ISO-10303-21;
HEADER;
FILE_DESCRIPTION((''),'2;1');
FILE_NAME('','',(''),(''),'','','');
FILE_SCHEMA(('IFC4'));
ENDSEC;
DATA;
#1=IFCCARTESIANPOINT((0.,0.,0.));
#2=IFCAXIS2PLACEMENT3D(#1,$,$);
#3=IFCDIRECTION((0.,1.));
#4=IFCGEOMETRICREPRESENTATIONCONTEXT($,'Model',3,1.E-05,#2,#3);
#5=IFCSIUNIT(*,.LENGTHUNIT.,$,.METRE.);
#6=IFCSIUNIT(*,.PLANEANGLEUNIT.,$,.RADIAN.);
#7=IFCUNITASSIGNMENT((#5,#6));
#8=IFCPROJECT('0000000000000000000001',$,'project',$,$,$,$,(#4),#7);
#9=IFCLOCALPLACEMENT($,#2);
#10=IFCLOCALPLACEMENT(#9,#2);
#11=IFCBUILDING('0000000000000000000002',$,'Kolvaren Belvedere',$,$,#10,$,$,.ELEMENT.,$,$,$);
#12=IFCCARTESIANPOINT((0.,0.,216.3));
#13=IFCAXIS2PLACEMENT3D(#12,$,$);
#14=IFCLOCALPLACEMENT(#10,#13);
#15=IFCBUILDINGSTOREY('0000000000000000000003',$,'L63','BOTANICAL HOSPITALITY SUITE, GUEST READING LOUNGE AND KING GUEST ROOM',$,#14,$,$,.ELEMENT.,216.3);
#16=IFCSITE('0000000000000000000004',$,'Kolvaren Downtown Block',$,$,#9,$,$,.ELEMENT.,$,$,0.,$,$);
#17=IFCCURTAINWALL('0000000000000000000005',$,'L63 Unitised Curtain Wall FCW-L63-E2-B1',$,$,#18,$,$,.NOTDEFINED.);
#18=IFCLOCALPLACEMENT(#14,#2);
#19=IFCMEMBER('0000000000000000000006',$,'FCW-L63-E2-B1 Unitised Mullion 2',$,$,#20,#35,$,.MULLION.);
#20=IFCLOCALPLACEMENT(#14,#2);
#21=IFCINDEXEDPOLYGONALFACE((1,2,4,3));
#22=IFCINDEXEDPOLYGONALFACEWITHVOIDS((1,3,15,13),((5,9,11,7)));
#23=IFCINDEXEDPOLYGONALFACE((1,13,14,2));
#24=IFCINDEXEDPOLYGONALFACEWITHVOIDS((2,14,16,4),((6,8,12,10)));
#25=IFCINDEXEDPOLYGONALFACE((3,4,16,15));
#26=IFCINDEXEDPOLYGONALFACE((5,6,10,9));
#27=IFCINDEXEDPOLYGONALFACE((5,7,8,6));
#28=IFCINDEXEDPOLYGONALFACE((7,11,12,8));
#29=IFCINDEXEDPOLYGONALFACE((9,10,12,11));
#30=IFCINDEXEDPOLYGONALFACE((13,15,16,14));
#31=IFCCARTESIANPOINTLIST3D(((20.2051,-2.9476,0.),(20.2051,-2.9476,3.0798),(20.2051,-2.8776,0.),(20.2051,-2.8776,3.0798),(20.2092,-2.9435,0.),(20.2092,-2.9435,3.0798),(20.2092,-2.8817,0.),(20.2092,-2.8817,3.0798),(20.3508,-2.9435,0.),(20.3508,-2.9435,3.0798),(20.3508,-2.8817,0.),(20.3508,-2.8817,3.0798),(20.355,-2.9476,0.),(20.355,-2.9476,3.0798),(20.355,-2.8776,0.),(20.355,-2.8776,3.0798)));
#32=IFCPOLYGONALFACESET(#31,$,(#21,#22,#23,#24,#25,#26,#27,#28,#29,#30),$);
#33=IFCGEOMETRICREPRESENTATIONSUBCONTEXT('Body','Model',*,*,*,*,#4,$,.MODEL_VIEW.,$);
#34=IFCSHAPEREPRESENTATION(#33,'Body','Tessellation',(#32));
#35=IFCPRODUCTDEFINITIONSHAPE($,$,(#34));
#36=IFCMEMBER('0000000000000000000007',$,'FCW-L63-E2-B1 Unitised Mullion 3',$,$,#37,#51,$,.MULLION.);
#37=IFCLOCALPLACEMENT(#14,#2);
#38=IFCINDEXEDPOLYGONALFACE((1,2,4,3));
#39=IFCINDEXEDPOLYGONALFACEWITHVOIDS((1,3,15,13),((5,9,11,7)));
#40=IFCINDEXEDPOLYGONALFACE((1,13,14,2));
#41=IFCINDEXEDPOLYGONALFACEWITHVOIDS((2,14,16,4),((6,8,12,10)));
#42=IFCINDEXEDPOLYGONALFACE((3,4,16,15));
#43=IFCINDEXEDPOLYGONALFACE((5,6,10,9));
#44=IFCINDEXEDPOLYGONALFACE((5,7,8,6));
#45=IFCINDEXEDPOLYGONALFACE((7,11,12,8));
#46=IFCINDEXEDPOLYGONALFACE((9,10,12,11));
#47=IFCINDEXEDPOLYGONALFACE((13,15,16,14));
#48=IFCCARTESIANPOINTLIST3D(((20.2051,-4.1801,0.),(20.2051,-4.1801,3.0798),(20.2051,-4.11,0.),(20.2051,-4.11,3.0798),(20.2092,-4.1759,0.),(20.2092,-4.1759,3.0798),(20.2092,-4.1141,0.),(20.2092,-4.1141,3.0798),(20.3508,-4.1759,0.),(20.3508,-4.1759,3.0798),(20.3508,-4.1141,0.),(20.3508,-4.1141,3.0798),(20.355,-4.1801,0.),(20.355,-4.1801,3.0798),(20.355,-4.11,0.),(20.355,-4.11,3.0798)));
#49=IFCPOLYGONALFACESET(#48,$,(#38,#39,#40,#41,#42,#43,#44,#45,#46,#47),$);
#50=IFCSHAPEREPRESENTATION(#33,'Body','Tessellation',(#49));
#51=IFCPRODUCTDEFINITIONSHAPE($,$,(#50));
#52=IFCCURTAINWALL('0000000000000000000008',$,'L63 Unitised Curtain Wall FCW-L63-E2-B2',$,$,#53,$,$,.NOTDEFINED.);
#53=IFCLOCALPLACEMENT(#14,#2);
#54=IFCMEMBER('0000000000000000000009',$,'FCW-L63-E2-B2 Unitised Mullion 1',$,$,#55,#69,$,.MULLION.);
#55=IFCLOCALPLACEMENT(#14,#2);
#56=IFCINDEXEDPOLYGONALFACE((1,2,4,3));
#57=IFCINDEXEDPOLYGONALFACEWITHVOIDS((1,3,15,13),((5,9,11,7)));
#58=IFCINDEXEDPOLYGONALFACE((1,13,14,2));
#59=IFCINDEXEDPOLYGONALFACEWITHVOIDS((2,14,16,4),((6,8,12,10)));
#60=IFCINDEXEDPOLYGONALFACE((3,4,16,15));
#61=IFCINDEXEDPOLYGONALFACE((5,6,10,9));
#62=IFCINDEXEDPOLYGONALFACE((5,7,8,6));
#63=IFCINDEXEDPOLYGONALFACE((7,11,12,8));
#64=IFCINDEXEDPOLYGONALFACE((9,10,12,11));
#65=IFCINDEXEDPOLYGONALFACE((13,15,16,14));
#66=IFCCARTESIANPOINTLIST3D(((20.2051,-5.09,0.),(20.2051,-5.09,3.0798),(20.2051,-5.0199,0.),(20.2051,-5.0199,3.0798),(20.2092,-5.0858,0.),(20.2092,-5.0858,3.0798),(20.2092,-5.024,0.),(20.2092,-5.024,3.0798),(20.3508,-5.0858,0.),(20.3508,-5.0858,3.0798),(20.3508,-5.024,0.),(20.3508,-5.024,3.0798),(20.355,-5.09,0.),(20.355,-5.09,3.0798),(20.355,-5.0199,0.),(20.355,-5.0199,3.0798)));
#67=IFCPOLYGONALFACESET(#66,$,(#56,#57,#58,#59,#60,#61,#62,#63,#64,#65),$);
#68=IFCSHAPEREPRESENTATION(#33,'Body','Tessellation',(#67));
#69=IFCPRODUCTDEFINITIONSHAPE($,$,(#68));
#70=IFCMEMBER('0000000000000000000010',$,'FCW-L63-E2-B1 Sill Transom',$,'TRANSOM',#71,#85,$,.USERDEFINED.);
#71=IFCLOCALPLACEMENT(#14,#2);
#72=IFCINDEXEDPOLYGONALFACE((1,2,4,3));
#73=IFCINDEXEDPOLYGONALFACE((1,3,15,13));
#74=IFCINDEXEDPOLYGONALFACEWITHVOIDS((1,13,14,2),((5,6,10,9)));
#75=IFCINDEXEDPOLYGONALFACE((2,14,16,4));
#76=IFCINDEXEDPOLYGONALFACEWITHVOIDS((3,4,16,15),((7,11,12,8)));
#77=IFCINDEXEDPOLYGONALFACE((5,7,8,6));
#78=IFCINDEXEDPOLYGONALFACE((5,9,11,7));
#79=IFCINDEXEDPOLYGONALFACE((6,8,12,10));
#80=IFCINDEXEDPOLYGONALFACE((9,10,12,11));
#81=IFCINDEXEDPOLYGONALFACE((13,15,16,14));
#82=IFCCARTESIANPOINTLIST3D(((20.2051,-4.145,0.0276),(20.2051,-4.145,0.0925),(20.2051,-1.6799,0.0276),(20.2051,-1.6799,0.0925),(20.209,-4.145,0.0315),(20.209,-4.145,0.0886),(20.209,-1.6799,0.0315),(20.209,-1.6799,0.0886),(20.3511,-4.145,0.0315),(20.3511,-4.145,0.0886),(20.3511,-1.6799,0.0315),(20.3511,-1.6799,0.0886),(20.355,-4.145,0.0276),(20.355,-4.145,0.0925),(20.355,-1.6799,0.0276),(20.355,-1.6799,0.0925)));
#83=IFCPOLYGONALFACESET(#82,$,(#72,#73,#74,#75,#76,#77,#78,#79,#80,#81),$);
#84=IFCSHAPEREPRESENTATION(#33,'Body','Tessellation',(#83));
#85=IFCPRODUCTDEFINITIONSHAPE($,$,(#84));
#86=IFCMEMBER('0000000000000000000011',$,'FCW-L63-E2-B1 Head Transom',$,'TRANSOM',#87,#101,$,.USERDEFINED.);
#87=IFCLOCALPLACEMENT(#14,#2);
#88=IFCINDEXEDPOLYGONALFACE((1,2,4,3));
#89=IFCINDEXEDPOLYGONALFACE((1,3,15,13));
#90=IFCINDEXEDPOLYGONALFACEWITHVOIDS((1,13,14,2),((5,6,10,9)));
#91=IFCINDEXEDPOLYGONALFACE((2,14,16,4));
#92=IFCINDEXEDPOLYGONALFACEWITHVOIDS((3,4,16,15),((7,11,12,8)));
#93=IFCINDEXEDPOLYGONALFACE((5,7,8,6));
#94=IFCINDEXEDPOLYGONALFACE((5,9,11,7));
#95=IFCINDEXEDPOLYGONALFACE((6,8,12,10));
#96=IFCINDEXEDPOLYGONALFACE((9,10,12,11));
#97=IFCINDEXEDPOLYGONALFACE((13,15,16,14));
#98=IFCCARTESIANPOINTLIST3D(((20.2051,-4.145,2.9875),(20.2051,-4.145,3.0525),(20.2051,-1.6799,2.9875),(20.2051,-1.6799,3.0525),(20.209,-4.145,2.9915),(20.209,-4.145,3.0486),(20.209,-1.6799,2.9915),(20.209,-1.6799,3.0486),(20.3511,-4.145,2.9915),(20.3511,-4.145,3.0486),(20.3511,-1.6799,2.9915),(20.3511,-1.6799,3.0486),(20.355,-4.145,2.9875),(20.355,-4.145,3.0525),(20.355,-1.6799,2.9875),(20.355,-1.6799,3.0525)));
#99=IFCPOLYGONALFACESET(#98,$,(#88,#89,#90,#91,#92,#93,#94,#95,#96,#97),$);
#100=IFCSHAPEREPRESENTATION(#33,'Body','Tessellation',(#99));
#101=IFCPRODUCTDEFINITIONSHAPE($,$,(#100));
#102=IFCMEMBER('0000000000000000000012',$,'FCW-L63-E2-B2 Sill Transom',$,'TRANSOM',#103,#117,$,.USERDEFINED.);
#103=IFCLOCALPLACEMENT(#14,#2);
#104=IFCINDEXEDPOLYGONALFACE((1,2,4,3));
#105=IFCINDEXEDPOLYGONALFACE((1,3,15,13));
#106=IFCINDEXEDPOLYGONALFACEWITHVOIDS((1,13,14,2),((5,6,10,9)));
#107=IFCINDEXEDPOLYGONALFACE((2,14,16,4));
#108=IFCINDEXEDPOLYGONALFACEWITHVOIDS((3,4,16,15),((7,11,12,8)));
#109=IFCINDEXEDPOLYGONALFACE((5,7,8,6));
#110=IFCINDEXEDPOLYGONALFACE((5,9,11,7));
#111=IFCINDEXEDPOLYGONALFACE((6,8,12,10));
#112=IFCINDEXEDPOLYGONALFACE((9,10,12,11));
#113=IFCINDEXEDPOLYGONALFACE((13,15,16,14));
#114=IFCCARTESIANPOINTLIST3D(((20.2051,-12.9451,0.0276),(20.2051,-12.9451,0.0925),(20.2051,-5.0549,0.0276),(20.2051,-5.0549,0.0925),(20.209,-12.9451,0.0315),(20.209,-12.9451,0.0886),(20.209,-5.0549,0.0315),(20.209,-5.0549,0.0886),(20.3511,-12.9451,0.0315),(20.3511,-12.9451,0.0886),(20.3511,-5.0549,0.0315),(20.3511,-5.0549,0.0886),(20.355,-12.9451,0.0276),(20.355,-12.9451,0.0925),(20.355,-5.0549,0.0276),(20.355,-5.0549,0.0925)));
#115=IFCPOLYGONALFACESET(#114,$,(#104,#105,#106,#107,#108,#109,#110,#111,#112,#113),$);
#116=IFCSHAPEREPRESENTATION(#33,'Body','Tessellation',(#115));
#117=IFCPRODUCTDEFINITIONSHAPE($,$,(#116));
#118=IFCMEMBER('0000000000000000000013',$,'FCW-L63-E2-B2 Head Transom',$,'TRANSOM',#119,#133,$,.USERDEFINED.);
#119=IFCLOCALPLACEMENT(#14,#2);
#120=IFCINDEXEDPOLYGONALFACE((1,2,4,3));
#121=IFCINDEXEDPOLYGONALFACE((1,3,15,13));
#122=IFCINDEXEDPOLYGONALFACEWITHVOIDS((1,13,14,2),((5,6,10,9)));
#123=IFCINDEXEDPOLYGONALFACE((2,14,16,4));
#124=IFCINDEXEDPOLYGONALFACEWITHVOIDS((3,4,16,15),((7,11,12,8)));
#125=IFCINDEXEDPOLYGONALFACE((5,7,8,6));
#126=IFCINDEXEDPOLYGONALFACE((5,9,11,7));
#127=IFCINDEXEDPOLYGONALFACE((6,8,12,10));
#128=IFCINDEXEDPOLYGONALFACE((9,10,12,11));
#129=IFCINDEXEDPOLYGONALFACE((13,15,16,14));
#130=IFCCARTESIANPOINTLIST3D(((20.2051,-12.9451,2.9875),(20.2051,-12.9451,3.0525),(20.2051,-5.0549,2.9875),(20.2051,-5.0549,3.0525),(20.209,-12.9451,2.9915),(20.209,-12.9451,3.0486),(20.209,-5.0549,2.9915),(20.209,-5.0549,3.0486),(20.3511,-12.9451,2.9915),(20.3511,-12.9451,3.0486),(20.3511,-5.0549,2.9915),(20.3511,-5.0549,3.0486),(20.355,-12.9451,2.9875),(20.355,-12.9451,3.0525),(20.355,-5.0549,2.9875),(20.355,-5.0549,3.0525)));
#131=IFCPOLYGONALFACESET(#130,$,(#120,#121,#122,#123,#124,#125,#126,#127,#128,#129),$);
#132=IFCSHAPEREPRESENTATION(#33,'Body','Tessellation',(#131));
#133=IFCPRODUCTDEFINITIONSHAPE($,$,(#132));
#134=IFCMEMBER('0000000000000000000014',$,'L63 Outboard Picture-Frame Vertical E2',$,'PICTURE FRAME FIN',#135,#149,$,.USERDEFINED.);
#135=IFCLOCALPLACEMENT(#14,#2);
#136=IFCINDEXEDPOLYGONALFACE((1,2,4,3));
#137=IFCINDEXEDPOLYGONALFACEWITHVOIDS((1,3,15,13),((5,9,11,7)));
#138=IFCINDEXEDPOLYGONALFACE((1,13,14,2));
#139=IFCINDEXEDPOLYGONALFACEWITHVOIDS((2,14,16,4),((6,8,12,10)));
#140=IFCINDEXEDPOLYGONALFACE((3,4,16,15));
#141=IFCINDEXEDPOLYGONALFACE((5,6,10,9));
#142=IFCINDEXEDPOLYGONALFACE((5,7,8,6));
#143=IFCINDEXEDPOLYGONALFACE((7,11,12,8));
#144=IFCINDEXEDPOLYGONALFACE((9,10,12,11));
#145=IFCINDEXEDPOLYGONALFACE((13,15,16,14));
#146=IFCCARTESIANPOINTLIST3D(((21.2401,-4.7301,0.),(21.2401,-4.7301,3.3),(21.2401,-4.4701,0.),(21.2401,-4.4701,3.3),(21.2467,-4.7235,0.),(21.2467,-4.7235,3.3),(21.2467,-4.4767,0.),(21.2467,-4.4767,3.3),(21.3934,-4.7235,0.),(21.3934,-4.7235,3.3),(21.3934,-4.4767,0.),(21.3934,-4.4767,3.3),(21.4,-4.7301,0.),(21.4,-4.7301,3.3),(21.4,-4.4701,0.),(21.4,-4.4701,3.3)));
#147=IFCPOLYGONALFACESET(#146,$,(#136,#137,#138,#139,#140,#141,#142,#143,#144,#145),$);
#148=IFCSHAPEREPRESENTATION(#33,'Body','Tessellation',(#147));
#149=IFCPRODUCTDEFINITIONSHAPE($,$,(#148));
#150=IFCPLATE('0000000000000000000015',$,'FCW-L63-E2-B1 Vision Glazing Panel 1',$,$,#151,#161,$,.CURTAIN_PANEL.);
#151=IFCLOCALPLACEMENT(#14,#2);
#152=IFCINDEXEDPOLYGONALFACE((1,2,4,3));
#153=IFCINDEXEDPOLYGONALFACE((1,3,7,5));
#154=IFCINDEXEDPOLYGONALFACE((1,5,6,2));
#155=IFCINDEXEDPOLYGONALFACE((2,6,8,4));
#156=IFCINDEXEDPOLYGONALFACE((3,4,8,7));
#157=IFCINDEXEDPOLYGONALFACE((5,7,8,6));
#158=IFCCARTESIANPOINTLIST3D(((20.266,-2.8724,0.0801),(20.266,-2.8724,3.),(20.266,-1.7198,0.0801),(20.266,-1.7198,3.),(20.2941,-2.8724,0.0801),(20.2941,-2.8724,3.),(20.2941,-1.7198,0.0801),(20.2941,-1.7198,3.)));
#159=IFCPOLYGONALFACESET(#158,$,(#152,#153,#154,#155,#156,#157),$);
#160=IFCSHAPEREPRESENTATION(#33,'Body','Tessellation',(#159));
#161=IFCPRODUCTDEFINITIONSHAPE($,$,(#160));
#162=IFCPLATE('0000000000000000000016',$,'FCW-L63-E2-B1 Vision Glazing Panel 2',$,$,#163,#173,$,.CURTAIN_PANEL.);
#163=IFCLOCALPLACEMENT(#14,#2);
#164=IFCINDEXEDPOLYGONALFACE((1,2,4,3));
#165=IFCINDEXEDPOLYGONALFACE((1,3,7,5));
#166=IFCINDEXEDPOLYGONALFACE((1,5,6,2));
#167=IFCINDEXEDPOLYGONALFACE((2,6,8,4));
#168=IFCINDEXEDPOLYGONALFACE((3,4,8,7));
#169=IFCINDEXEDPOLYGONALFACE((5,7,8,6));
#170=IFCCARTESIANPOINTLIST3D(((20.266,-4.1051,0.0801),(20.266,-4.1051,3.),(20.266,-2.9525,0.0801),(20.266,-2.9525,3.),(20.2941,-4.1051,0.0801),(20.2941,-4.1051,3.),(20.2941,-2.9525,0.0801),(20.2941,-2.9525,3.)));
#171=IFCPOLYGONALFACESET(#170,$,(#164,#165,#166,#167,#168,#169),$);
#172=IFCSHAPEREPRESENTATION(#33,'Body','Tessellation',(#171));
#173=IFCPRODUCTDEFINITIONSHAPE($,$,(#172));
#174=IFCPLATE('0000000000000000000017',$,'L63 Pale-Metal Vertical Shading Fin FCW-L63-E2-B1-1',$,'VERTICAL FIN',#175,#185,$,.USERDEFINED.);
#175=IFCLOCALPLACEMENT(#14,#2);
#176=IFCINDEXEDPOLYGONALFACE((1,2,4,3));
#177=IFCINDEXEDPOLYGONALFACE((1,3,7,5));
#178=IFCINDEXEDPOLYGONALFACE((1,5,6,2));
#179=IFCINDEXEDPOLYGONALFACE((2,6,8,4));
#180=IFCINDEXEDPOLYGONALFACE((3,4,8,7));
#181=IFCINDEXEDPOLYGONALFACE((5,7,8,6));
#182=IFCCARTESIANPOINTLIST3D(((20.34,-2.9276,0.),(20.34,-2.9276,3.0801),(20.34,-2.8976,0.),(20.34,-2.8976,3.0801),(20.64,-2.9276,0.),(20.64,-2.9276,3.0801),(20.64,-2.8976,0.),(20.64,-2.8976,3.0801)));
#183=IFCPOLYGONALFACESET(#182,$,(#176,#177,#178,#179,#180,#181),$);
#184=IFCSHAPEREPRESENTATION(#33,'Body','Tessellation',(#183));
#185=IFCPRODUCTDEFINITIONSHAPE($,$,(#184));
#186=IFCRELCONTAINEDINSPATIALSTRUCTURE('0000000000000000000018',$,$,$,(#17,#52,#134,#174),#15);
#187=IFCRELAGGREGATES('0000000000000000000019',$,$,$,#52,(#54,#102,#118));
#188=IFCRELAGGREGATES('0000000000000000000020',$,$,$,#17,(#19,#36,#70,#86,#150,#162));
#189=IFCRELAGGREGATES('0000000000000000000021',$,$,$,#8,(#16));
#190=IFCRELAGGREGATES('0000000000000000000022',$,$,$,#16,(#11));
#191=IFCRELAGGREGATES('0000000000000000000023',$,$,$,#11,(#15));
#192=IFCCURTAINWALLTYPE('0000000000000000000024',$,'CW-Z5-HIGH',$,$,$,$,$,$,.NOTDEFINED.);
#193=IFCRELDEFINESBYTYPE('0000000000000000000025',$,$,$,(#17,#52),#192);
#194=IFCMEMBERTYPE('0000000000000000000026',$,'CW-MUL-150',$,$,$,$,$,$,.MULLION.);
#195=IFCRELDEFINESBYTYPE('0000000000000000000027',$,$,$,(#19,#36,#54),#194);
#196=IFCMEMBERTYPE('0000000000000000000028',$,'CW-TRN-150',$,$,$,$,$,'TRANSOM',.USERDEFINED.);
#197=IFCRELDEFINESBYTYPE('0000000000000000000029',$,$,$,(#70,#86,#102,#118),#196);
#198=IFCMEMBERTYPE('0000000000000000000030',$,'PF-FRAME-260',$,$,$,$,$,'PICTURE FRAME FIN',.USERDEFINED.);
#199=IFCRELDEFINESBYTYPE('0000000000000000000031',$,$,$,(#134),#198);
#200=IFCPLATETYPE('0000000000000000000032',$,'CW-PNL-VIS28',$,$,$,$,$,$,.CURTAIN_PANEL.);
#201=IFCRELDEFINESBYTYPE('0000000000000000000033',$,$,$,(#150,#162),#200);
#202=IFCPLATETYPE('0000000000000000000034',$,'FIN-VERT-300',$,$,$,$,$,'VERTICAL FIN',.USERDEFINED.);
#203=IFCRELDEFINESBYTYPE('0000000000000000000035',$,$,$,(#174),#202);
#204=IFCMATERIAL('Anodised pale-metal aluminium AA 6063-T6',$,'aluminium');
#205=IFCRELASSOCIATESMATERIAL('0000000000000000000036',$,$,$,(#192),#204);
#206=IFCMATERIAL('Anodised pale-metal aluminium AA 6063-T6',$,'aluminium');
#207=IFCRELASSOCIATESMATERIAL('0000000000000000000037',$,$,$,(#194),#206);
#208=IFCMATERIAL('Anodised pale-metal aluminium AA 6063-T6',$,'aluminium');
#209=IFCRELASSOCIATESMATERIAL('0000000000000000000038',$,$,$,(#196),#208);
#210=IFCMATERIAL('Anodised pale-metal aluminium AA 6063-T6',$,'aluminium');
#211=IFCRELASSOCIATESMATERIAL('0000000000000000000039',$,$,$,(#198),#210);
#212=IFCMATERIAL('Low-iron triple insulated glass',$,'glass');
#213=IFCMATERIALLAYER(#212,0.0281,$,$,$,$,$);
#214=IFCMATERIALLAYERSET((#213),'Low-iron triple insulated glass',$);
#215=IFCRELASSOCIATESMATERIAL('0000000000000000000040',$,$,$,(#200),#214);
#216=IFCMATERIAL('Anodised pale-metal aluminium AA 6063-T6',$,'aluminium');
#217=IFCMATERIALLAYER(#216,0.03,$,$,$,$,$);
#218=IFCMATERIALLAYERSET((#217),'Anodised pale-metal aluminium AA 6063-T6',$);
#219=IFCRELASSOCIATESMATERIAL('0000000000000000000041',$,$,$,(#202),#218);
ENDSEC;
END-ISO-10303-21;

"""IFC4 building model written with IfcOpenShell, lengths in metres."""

from ifc_helpers import new_model, si_unit, direction, frame, origin, origin_2d, place, context, subcontext, project, spatial, rectangle, hollow_rectangle, extrude, material, layer, layer_set, material_profile, profile_set, type_object, element, aggregate, save


model = new_model("IFC4")

# Units and contexts
model_context = context("Model", 3, precision=1e-05, world=origin(), true_north=direction((0.0, 1.0)))
body_context = subcontext(model_context, "Body", "Model", "MODEL_VIEW")
ifc_project = project(units=[si_unit("LENGTHUNIT", "METRE"), si_unit("PLANEANGLEUNIT", "RADIAN")], contexts=[model_context])

# Site, building, storey
site_placement = place(None, origin())
site = spatial("IfcSite", under=ifc_project, at=site_placement, Name="Kolvaren Downtown Block", CompositionType="ELEMENT", RefElevation=0.0)
building_placement = place(site_placement, origin())
building = spatial("IfcBuilding", under=site, at=building_placement, Name="Kolvaren Belvedere", CompositionType="ELEMENT")
storey_placement = place(building_placement, frame((0.0, 0.0, 216.3)))
storey = spatial("IfcBuildingStorey", under=building, at=storey_placement, Name="L63", Description="BOTANICAL HOSPITALITY SUITE, GUEST READING LOUNGE AND KING GUEST ROOM", CompositionType="ELEMENT", Elevation=216.3)

# Curtain wall, members
ifc_material_1 = material(Name="Anodised pale-metal aluminium AA 6063-T6", Category="aluminium")
curtain_wall_type = type_object("IfcCurtainWallType", Name="CW-Z5-HIGH", PredefinedType="NOTDEFINED", material=ifc_material_1)
curtain_wall_1_placement = place(storey_placement, origin())
curtain_wall_1 = element("IfcCurtainWall", 1, at=curtain_wall_1_placement, inside=storey, type_object=curtain_wall_type, Name="L63 Unitised Curtain Wall FCW-L63-E2-B1", PredefinedType="NOTDEFINED")
ifc_material_2 = material(Name="Anodised pale-metal aluminium AA 6063-T6", Category="aluminium")
ifc_material_profile_1 = material_profile(ifc_material_2, hollow_rectangle(XDim=0.0701, YDim=0.1499, WallThickness=0.0042, at=origin_2d()), Name="ALU-MUL-150X70")
ifc_profile_set_1 = profile_set([ifc_material_profile_1], Name="Anodised pale-metal aluminium AA 6063-T6")
member_type_1 = type_object("IfcMemberType", Name="CW-MUL-150", PredefinedType="MULLION", material=ifc_profile_set_1)
member_1_placement = place(storey_placement, frame((20.28, -2.9126, 0.0), z_axis=(0.0, 0.0, 1.0), x_axis=(0.0, 1.0, 0.0)))
member_1 = element("IfcMember", 2, at=member_1_placement, type_object=member_type_1, Name="FCW-L63-E2-B1 Unitised Mullion 2", PredefinedType="MULLION", context=body_context, shape_type="SweptSolid", body=[
    extrude(hollow_rectangle(XDim=0.0701, YDim=0.1499, WallThickness=0.0042, at=origin_2d()), origin(), (0.0, 0.0, 1.0), 3.0798),
])
member_2_placement = place(storey_placement, frame((20.28, -4.145, 0.0), z_axis=(0.0, 0.0, 1.0), x_axis=(0.0, 1.0, 0.0)))
member_2 = element("IfcMember", 3, at=member_2_placement, type_object=member_type_1, Name="FCW-L63-E2-B1 Unitised Mullion 3", PredefinedType="MULLION", context=body_context, shape_type="SweptSolid", body=[
    extrude(hollow_rectangle(XDim=0.0701, YDim=0.1499, WallThickness=0.0042, at=origin_2d()), origin(), (0.0, 0.0, 1.0), 3.0798),
])

# Curtain wall, member
curtain_wall_2_placement = place(storey_placement, origin())
curtain_wall_2 = element("IfcCurtainWall", 4, at=curtain_wall_2_placement, inside=storey, type_object=curtain_wall_type, Name="L63 Unitised Curtain Wall FCW-L63-E2-B2", PredefinedType="NOTDEFINED")
member_3_placement = place(storey_placement, frame((20.28, -5.0549, 0.0), z_axis=(0.0, 0.0, 1.0), x_axis=(0.0, 1.0, 0.0)))
member_3 = element("IfcMember", 5, at=member_3_placement, type_object=member_type_1, Name="FCW-L63-E2-B2 Unitised Mullion 1", PredefinedType="MULLION", context=body_context, shape_type="SweptSolid", body=[
    extrude(hollow_rectangle(XDim=0.0701, YDim=0.1499, WallThickness=0.0042, at=origin_2d()), origin(), (0.0, 0.0, 1.0), 3.0798),
])

# Members
ifc_material_3 = material(Name="Anodised pale-metal aluminium AA 6063-T6", Category="aluminium")
ifc_material_profile_2 = material_profile(ifc_material_3, hollow_rectangle(XDim=0.0649, YDim=0.1499, WallThickness=0.0039, at=origin_2d()), Name="ALU-TRN-150X65")
ifc_profile_set_2 = profile_set([ifc_material_profile_2], Name="Anodised pale-metal aluminium AA 6063-T6")
member_type_2 = type_object("IfcMemberType", Name="CW-TRN-150", ElementType="TRANSOM", PredefinedType="USERDEFINED", material=ifc_profile_set_2)
member_4_placement = place(storey_placement, frame((20.28, -1.6799, 0.0601), z_axis=(0.0, -1.0, 0.0), x_axis=(0.0, 0.0, 1.0)))
member_4 = element("IfcMember", 6, at=member_4_placement, type_object=member_type_2, Name="FCW-L63-E2-B1 Sill Transom", ObjectType="TRANSOM", PredefinedType="USERDEFINED", context=body_context, shape_type="SweptSolid", body=[
    extrude(hollow_rectangle(XDim=0.0649, YDim=0.1499, WallThickness=0.0039, at=origin_2d()), origin(), (0.0, 0.0, 1.0), 2.4651),
])
member_5_placement = place(storey_placement, frame((20.28, -1.6799, 3.02), z_axis=(0.0, -1.0, 0.0), x_axis=(0.0, 0.0, 1.0)))
member_5 = element("IfcMember", 7, at=member_5_placement, type_object=member_type_2, Name="FCW-L63-E2-B1 Head Transom", ObjectType="TRANSOM", PredefinedType="USERDEFINED", context=body_context, shape_type="SweptSolid", body=[
    extrude(hollow_rectangle(XDim=0.0649, YDim=0.1499, WallThickness=0.0039, at=origin_2d()), origin(), (0.0, 0.0, 1.0), 2.4651),
])
member_6_placement = place(storey_placement, frame((20.28, -5.0549, 0.0601), z_axis=(0.0, -1.0, 0.0), x_axis=(0.0, 0.0, 1.0)))
member_6 = element("IfcMember", 8, at=member_6_placement, type_object=member_type_2, Name="FCW-L63-E2-B2 Sill Transom", ObjectType="TRANSOM", PredefinedType="USERDEFINED", context=body_context, shape_type="SweptSolid", body=[
    extrude(hollow_rectangle(XDim=0.0649, YDim=0.1499, WallThickness=0.0039, at=origin_2d()), origin(), (0.0, 0.0, 1.0), 7.8901),
])
member_7_placement = place(storey_placement, frame((20.28, -5.0549, 3.02), z_axis=(0.0, -1.0, 0.0), x_axis=(0.0, 0.0, 1.0)))
member_7 = element("IfcMember", 9, at=member_7_placement, type_object=member_type_2, Name="FCW-L63-E2-B2 Head Transom", ObjectType="TRANSOM", PredefinedType="USERDEFINED", context=body_context, shape_type="SweptSolid", body=[
    extrude(hollow_rectangle(XDim=0.0649, YDim=0.1499, WallThickness=0.0039, at=origin_2d()), origin(), (0.0, 0.0, 1.0), 7.8901),
])
aggregate(curtain_wall_2, [member_3, member_6, member_7])
ifc_material_4 = material(Name="Anodised pale-metal aluminium AA 6063-T6", Category="aluminium")
ifc_material_profile_3 = material_profile(ifc_material_4, hollow_rectangle(XDim=0.1599, YDim=0.26, WallThickness=0.0066, at=origin_2d()), Name="ALU-PF-260X160")
ifc_profile_set_3 = profile_set([ifc_material_profile_3], Name="Anodised pale-metal aluminium AA 6063-T6")
member_type_3 = type_object("IfcMemberType", Name="PF-FRAME-260", ElementType="PICTURE FRAME FIN", PredefinedType="USERDEFINED", material=ifc_profile_set_3)
member_8_placement = place(storey_placement, frame((21.3201, -4.6001, 0.0), z_axis=(0.0, 0.0, 1.0), x_axis=(1.0, 0.0, 0.0)))
element("IfcMember", 10, at=member_8_placement, inside=storey, type_object=member_type_3, Name="L63 Outboard Picture-Frame Vertical E2", ObjectType="PICTURE FRAME FIN", PredefinedType="USERDEFINED", context=body_context, shape_type="SweptSolid", body=[
    extrude(hollow_rectangle(XDim=0.1599, YDim=0.26, WallThickness=0.0066, at=origin_2d()), origin(), (0.0, 0.0, 1.0), 3.3),
])

# Plates
ifc_material_5 = material(Name="Low-iron triple insulated glass", Category="glass")
ifc_layer_1 = layer(ifc_material_5, 0.0281)
ifc_layer_set_1 = layer_set([ifc_layer_1], Name="Low-iron triple insulated glass")
plate_type_1 = type_object("IfcPlateType", Name="CW-PNL-VIS28", PredefinedType="CURTAIN_PANEL", material=ifc_layer_set_1)
plate_1_placement = place(storey_placement, frame((20.28, -2.2961, 0.0801), z_axis=(0.0, 0.0, 1.0), x_axis=(0.0, -1.0, 0.0)))
plate_1 = element("IfcPlate", 11, at=plate_1_placement, type_object=plate_type_1, Name="FCW-L63-E2-B1 Vision Glazing Panel 1", PredefinedType="CURTAIN_PANEL", context=body_context, shape_type="SweptSolid", body=[
    extrude(rectangle(XDim=1.1526, YDim=0.0281, at=origin_2d()), origin(), (0.0, 0.0, 1.0), 2.9199),
])
plate_2_placement = place(storey_placement, frame((20.28, -3.5288, 0.0801), z_axis=(0.0, 0.0, 1.0), x_axis=(0.0, -1.0, 0.0)))
plate_2 = element("IfcPlate", 12, at=plate_2_placement, type_object=plate_type_1, Name="FCW-L63-E2-B1 Vision Glazing Panel 2", PredefinedType="CURTAIN_PANEL", context=body_context, shape_type="SweptSolid", body=[
    extrude(rectangle(XDim=1.1526, YDim=0.0281, at=origin_2d()), origin(), (0.0, 0.0, 1.0), 2.9199),
])
aggregate(curtain_wall_1, [member_1, member_2, member_4, member_5, plate_1, plate_2])
ifc_material_6 = material(Name="Anodised pale-metal aluminium AA 6063-T6", Category="aluminium")
ifc_layer_2 = layer(ifc_material_6, 0.03)
ifc_layer_set_2 = layer_set([ifc_layer_2], Name="Anodised pale-metal aluminium AA 6063-T6")
plate_type_2 = type_object("IfcPlateType", Name="FIN-VERT-300", ElementType="VERTICAL FIN", PredefinedType="USERDEFINED", material=ifc_layer_set_2)
plate_3_placement = place(storey_placement, frame((20.49, -2.9126, 0.0), z_axis=(0.0, 0.0, 1.0), x_axis=(1.0, 0.0, 0.0)))
element("IfcPlate", 13, at=plate_3_placement, inside=storey, type_object=plate_type_2, Name="L63 Pale-Metal Vertical Shading Fin FCW-L63-E2-B1-1", ObjectType="VERTICAL FIN", PredefinedType="USERDEFINED", context=body_context, shape_type="SweptSolid", body=[
    extrude(rectangle(XDim=0.3, YDim=0.03, at=origin_2d()), origin(), (0.0, 0.0, 1.0), 3.0801),
])

save(model, "model.ifc")
